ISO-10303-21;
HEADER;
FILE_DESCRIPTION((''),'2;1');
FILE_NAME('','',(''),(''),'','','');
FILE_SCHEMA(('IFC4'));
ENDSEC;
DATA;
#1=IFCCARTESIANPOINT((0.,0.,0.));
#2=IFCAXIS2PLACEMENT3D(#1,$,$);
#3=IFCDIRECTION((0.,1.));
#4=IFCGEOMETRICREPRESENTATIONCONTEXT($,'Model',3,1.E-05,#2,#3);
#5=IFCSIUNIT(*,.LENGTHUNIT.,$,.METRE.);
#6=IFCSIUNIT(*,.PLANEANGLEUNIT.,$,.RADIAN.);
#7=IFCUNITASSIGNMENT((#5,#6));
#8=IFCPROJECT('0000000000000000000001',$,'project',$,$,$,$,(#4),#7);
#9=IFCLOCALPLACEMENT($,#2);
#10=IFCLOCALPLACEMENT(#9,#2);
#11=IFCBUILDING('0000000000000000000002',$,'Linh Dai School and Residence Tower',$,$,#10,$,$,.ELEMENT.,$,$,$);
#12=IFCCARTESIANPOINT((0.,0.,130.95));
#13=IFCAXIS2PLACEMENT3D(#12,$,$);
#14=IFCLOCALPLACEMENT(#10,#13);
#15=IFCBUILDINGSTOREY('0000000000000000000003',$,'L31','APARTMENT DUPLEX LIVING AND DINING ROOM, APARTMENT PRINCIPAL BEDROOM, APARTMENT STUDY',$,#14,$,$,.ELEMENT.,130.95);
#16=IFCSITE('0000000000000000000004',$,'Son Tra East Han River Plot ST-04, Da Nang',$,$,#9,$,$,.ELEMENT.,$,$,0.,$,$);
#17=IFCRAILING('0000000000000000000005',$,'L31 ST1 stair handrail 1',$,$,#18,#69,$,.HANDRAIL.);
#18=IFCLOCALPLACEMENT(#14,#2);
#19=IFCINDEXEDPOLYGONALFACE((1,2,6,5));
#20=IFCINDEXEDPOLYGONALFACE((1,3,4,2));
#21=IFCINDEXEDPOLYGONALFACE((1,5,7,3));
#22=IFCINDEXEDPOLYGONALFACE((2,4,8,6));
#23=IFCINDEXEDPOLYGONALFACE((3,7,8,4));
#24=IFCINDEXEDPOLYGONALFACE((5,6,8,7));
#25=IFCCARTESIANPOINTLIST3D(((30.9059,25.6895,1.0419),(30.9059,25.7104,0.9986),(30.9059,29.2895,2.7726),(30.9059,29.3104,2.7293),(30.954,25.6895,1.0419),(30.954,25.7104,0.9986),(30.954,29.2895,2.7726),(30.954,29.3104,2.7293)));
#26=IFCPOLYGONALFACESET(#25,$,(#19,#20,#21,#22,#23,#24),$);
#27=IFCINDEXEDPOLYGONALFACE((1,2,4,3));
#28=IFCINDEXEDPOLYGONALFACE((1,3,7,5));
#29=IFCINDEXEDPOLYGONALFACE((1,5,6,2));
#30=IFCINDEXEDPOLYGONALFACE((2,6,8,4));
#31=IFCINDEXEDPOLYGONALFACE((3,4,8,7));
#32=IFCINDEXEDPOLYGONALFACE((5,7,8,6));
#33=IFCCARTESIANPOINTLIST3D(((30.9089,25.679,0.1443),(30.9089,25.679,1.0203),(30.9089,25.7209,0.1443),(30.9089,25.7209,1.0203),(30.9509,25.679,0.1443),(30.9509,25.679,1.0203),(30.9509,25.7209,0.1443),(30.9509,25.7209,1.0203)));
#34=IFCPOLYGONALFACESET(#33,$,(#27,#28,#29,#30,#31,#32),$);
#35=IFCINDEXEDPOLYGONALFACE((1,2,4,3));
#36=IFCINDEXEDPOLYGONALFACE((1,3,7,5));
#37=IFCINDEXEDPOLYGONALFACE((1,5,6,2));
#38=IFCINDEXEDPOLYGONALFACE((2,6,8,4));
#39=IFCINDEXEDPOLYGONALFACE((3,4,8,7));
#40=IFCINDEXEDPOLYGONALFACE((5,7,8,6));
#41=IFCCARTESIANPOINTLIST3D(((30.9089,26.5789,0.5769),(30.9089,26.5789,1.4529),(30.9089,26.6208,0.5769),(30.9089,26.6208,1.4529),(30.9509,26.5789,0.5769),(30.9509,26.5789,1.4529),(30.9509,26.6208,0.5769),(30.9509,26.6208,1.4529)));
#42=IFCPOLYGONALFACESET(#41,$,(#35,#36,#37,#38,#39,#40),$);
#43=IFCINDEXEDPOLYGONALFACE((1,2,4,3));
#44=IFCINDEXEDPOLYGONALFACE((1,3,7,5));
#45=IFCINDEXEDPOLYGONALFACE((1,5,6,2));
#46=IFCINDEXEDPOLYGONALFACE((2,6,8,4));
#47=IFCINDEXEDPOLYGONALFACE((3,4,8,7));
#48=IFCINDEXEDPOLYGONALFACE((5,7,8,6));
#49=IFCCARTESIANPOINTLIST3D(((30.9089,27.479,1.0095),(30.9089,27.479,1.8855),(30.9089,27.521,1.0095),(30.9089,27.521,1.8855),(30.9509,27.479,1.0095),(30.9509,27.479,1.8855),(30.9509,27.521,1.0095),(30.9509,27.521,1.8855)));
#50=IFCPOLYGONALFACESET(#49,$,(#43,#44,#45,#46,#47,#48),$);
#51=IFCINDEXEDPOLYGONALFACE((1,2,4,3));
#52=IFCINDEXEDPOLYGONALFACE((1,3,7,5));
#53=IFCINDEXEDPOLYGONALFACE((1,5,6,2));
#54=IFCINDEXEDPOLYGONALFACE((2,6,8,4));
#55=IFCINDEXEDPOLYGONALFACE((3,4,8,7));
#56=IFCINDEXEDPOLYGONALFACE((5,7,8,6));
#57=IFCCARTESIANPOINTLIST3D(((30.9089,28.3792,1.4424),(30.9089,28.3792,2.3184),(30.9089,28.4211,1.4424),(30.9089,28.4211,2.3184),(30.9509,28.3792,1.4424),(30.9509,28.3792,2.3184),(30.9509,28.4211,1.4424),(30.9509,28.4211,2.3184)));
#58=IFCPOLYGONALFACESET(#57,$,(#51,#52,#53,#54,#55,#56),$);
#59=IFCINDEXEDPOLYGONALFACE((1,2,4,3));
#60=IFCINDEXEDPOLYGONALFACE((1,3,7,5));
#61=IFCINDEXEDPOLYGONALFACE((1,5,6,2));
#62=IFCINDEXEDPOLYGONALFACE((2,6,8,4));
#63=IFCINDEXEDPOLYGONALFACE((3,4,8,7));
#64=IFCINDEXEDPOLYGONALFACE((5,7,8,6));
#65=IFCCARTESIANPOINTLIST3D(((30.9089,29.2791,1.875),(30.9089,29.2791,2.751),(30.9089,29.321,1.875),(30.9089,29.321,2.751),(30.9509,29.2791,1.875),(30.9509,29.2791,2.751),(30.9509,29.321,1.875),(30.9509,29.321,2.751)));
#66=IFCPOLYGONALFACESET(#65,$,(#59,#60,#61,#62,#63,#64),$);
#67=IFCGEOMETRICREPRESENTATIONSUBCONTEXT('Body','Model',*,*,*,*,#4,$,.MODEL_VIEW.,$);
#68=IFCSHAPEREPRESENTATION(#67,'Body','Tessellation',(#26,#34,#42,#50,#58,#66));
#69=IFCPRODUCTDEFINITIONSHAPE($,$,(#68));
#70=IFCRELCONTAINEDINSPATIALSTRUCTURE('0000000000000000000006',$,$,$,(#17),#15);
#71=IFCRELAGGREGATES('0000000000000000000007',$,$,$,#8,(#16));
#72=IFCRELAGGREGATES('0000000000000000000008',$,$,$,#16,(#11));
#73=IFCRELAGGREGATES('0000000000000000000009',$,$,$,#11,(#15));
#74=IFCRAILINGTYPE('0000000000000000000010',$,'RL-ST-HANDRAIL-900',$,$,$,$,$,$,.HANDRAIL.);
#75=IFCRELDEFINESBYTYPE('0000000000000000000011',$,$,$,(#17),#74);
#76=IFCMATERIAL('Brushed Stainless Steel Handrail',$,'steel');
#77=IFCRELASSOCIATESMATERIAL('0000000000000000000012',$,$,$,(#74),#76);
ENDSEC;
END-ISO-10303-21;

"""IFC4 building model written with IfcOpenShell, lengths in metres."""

from ifc_helpers import new_model, si_unit, direction, frame, origin, origin_2d, place, context, subcontext, project, spatial, rectangle, extrude, source, transform, mapped, material, type_object, element, save


model = new_model("IFC4")

# Units and contexts
model_context = context("Model", 3, precision=1e-05, world=origin(), true_north=direction((0.0, 1.0)))
body_context = subcontext(model_context, "Body", "Model", "MODEL_VIEW")
ifc_project = project(units=[si_unit("LENGTHUNIT", "METRE"), si_unit("PLANEANGLEUNIT", "RADIAN")], contexts=[model_context])

# Site, building, storey
site_placement = place(None, origin())
site = spatial("IfcSite", under=ifc_project, at=site_placement, Name="Son Tra East Han River Plot ST-04, Da Nang", CompositionType="ELEMENT", RefElevation=0.0)
building_placement = place(site_placement, origin())
building = spatial("IfcBuilding", under=site, at=building_placement, Name="Linh Dai School and Residence Tower", CompositionType="ELEMENT")
storey_placement = place(building_placement, frame((0.0, 0.0, 130.95)))
storey = spatial("IfcBuildingStorey", under=building, at=storey_placement, Name="L31", Description="APARTMENT DUPLEX LIVING AND DINING ROOM, APARTMENT PRINCIPAL BEDROOM, APARTMENT STUDY", CompositionType="ELEMENT", Elevation=130.95)

# Railing
ifc_material_1 = material(Name="Brushed Stainless Steel Handrail", Category="steel")
railing_type_1 = type_object("IfcRailingType", Name="RL-ST-HANDRAIL-900", PredefinedType="HANDRAIL", material=ifc_material_1)
shared_shape_1 = source(origin(), body_context, "Body", "SweptSolid", [
    extrude(rectangle(XDim=0.0481, YDim=0.0481, at=origin_2d()), frame((0.0, 0.0, 0.876), z_axis=(0.0, 0.901263, 0.433273), x_axis=(-1.0, 0.0, 0.0)), (0.0, 0.0, 1.0), 3.9944),
    extrude(rectangle(XDim=0.042, YDim=0.042, at=origin_2d()), origin(), (0.0, 0.0, 1.0), 0.876),
    extrude(rectangle(XDim=0.042, YDim=0.042, at=origin_2d()), frame((0.0, 0.8999, 0.4326)), (0.0, 0.0, 1.0), 0.876),
    extrude(rectangle(XDim=0.042, YDim=0.042, at=origin_2d()), frame((0.0, 1.8, 0.8652)), (0.0, 0.0, 1.0), 0.876),
    extrude(rectangle(XDim=0.042, YDim=0.042, at=origin_2d()), frame((0.0, 2.7002, 1.2981)), (0.0, 0.0, 1.0), 0.876),
    extrude(rectangle(XDim=0.042, YDim=0.042, at=origin_2d()), frame((0.0, 3.6001, 1.7307)), (0.0, 0.0, 1.0), 0.876),
])
railing_1_placement = place(storey_placement, frame((30.9299, 25.7, 0.1443)))
element("IfcRailing", 1, at=railing_1_placement, inside=storey, type_object=railing_type_1, Name="L31 ST1 stair handrail 1", PredefinedType="HANDRAIL", context=body_context, shape_type="MappedRepresentation", body=[
    mapped(shared_shape_1, transform((0.0, 0.0, 0.0), x_axis=(1.0, 0.0, 0.0), y_axis=(0.0, 1.0, 0.0), z_axis=(0.0, 0.0, 1.0), scale=1.0)),
])

save(model, "model.ifc")
